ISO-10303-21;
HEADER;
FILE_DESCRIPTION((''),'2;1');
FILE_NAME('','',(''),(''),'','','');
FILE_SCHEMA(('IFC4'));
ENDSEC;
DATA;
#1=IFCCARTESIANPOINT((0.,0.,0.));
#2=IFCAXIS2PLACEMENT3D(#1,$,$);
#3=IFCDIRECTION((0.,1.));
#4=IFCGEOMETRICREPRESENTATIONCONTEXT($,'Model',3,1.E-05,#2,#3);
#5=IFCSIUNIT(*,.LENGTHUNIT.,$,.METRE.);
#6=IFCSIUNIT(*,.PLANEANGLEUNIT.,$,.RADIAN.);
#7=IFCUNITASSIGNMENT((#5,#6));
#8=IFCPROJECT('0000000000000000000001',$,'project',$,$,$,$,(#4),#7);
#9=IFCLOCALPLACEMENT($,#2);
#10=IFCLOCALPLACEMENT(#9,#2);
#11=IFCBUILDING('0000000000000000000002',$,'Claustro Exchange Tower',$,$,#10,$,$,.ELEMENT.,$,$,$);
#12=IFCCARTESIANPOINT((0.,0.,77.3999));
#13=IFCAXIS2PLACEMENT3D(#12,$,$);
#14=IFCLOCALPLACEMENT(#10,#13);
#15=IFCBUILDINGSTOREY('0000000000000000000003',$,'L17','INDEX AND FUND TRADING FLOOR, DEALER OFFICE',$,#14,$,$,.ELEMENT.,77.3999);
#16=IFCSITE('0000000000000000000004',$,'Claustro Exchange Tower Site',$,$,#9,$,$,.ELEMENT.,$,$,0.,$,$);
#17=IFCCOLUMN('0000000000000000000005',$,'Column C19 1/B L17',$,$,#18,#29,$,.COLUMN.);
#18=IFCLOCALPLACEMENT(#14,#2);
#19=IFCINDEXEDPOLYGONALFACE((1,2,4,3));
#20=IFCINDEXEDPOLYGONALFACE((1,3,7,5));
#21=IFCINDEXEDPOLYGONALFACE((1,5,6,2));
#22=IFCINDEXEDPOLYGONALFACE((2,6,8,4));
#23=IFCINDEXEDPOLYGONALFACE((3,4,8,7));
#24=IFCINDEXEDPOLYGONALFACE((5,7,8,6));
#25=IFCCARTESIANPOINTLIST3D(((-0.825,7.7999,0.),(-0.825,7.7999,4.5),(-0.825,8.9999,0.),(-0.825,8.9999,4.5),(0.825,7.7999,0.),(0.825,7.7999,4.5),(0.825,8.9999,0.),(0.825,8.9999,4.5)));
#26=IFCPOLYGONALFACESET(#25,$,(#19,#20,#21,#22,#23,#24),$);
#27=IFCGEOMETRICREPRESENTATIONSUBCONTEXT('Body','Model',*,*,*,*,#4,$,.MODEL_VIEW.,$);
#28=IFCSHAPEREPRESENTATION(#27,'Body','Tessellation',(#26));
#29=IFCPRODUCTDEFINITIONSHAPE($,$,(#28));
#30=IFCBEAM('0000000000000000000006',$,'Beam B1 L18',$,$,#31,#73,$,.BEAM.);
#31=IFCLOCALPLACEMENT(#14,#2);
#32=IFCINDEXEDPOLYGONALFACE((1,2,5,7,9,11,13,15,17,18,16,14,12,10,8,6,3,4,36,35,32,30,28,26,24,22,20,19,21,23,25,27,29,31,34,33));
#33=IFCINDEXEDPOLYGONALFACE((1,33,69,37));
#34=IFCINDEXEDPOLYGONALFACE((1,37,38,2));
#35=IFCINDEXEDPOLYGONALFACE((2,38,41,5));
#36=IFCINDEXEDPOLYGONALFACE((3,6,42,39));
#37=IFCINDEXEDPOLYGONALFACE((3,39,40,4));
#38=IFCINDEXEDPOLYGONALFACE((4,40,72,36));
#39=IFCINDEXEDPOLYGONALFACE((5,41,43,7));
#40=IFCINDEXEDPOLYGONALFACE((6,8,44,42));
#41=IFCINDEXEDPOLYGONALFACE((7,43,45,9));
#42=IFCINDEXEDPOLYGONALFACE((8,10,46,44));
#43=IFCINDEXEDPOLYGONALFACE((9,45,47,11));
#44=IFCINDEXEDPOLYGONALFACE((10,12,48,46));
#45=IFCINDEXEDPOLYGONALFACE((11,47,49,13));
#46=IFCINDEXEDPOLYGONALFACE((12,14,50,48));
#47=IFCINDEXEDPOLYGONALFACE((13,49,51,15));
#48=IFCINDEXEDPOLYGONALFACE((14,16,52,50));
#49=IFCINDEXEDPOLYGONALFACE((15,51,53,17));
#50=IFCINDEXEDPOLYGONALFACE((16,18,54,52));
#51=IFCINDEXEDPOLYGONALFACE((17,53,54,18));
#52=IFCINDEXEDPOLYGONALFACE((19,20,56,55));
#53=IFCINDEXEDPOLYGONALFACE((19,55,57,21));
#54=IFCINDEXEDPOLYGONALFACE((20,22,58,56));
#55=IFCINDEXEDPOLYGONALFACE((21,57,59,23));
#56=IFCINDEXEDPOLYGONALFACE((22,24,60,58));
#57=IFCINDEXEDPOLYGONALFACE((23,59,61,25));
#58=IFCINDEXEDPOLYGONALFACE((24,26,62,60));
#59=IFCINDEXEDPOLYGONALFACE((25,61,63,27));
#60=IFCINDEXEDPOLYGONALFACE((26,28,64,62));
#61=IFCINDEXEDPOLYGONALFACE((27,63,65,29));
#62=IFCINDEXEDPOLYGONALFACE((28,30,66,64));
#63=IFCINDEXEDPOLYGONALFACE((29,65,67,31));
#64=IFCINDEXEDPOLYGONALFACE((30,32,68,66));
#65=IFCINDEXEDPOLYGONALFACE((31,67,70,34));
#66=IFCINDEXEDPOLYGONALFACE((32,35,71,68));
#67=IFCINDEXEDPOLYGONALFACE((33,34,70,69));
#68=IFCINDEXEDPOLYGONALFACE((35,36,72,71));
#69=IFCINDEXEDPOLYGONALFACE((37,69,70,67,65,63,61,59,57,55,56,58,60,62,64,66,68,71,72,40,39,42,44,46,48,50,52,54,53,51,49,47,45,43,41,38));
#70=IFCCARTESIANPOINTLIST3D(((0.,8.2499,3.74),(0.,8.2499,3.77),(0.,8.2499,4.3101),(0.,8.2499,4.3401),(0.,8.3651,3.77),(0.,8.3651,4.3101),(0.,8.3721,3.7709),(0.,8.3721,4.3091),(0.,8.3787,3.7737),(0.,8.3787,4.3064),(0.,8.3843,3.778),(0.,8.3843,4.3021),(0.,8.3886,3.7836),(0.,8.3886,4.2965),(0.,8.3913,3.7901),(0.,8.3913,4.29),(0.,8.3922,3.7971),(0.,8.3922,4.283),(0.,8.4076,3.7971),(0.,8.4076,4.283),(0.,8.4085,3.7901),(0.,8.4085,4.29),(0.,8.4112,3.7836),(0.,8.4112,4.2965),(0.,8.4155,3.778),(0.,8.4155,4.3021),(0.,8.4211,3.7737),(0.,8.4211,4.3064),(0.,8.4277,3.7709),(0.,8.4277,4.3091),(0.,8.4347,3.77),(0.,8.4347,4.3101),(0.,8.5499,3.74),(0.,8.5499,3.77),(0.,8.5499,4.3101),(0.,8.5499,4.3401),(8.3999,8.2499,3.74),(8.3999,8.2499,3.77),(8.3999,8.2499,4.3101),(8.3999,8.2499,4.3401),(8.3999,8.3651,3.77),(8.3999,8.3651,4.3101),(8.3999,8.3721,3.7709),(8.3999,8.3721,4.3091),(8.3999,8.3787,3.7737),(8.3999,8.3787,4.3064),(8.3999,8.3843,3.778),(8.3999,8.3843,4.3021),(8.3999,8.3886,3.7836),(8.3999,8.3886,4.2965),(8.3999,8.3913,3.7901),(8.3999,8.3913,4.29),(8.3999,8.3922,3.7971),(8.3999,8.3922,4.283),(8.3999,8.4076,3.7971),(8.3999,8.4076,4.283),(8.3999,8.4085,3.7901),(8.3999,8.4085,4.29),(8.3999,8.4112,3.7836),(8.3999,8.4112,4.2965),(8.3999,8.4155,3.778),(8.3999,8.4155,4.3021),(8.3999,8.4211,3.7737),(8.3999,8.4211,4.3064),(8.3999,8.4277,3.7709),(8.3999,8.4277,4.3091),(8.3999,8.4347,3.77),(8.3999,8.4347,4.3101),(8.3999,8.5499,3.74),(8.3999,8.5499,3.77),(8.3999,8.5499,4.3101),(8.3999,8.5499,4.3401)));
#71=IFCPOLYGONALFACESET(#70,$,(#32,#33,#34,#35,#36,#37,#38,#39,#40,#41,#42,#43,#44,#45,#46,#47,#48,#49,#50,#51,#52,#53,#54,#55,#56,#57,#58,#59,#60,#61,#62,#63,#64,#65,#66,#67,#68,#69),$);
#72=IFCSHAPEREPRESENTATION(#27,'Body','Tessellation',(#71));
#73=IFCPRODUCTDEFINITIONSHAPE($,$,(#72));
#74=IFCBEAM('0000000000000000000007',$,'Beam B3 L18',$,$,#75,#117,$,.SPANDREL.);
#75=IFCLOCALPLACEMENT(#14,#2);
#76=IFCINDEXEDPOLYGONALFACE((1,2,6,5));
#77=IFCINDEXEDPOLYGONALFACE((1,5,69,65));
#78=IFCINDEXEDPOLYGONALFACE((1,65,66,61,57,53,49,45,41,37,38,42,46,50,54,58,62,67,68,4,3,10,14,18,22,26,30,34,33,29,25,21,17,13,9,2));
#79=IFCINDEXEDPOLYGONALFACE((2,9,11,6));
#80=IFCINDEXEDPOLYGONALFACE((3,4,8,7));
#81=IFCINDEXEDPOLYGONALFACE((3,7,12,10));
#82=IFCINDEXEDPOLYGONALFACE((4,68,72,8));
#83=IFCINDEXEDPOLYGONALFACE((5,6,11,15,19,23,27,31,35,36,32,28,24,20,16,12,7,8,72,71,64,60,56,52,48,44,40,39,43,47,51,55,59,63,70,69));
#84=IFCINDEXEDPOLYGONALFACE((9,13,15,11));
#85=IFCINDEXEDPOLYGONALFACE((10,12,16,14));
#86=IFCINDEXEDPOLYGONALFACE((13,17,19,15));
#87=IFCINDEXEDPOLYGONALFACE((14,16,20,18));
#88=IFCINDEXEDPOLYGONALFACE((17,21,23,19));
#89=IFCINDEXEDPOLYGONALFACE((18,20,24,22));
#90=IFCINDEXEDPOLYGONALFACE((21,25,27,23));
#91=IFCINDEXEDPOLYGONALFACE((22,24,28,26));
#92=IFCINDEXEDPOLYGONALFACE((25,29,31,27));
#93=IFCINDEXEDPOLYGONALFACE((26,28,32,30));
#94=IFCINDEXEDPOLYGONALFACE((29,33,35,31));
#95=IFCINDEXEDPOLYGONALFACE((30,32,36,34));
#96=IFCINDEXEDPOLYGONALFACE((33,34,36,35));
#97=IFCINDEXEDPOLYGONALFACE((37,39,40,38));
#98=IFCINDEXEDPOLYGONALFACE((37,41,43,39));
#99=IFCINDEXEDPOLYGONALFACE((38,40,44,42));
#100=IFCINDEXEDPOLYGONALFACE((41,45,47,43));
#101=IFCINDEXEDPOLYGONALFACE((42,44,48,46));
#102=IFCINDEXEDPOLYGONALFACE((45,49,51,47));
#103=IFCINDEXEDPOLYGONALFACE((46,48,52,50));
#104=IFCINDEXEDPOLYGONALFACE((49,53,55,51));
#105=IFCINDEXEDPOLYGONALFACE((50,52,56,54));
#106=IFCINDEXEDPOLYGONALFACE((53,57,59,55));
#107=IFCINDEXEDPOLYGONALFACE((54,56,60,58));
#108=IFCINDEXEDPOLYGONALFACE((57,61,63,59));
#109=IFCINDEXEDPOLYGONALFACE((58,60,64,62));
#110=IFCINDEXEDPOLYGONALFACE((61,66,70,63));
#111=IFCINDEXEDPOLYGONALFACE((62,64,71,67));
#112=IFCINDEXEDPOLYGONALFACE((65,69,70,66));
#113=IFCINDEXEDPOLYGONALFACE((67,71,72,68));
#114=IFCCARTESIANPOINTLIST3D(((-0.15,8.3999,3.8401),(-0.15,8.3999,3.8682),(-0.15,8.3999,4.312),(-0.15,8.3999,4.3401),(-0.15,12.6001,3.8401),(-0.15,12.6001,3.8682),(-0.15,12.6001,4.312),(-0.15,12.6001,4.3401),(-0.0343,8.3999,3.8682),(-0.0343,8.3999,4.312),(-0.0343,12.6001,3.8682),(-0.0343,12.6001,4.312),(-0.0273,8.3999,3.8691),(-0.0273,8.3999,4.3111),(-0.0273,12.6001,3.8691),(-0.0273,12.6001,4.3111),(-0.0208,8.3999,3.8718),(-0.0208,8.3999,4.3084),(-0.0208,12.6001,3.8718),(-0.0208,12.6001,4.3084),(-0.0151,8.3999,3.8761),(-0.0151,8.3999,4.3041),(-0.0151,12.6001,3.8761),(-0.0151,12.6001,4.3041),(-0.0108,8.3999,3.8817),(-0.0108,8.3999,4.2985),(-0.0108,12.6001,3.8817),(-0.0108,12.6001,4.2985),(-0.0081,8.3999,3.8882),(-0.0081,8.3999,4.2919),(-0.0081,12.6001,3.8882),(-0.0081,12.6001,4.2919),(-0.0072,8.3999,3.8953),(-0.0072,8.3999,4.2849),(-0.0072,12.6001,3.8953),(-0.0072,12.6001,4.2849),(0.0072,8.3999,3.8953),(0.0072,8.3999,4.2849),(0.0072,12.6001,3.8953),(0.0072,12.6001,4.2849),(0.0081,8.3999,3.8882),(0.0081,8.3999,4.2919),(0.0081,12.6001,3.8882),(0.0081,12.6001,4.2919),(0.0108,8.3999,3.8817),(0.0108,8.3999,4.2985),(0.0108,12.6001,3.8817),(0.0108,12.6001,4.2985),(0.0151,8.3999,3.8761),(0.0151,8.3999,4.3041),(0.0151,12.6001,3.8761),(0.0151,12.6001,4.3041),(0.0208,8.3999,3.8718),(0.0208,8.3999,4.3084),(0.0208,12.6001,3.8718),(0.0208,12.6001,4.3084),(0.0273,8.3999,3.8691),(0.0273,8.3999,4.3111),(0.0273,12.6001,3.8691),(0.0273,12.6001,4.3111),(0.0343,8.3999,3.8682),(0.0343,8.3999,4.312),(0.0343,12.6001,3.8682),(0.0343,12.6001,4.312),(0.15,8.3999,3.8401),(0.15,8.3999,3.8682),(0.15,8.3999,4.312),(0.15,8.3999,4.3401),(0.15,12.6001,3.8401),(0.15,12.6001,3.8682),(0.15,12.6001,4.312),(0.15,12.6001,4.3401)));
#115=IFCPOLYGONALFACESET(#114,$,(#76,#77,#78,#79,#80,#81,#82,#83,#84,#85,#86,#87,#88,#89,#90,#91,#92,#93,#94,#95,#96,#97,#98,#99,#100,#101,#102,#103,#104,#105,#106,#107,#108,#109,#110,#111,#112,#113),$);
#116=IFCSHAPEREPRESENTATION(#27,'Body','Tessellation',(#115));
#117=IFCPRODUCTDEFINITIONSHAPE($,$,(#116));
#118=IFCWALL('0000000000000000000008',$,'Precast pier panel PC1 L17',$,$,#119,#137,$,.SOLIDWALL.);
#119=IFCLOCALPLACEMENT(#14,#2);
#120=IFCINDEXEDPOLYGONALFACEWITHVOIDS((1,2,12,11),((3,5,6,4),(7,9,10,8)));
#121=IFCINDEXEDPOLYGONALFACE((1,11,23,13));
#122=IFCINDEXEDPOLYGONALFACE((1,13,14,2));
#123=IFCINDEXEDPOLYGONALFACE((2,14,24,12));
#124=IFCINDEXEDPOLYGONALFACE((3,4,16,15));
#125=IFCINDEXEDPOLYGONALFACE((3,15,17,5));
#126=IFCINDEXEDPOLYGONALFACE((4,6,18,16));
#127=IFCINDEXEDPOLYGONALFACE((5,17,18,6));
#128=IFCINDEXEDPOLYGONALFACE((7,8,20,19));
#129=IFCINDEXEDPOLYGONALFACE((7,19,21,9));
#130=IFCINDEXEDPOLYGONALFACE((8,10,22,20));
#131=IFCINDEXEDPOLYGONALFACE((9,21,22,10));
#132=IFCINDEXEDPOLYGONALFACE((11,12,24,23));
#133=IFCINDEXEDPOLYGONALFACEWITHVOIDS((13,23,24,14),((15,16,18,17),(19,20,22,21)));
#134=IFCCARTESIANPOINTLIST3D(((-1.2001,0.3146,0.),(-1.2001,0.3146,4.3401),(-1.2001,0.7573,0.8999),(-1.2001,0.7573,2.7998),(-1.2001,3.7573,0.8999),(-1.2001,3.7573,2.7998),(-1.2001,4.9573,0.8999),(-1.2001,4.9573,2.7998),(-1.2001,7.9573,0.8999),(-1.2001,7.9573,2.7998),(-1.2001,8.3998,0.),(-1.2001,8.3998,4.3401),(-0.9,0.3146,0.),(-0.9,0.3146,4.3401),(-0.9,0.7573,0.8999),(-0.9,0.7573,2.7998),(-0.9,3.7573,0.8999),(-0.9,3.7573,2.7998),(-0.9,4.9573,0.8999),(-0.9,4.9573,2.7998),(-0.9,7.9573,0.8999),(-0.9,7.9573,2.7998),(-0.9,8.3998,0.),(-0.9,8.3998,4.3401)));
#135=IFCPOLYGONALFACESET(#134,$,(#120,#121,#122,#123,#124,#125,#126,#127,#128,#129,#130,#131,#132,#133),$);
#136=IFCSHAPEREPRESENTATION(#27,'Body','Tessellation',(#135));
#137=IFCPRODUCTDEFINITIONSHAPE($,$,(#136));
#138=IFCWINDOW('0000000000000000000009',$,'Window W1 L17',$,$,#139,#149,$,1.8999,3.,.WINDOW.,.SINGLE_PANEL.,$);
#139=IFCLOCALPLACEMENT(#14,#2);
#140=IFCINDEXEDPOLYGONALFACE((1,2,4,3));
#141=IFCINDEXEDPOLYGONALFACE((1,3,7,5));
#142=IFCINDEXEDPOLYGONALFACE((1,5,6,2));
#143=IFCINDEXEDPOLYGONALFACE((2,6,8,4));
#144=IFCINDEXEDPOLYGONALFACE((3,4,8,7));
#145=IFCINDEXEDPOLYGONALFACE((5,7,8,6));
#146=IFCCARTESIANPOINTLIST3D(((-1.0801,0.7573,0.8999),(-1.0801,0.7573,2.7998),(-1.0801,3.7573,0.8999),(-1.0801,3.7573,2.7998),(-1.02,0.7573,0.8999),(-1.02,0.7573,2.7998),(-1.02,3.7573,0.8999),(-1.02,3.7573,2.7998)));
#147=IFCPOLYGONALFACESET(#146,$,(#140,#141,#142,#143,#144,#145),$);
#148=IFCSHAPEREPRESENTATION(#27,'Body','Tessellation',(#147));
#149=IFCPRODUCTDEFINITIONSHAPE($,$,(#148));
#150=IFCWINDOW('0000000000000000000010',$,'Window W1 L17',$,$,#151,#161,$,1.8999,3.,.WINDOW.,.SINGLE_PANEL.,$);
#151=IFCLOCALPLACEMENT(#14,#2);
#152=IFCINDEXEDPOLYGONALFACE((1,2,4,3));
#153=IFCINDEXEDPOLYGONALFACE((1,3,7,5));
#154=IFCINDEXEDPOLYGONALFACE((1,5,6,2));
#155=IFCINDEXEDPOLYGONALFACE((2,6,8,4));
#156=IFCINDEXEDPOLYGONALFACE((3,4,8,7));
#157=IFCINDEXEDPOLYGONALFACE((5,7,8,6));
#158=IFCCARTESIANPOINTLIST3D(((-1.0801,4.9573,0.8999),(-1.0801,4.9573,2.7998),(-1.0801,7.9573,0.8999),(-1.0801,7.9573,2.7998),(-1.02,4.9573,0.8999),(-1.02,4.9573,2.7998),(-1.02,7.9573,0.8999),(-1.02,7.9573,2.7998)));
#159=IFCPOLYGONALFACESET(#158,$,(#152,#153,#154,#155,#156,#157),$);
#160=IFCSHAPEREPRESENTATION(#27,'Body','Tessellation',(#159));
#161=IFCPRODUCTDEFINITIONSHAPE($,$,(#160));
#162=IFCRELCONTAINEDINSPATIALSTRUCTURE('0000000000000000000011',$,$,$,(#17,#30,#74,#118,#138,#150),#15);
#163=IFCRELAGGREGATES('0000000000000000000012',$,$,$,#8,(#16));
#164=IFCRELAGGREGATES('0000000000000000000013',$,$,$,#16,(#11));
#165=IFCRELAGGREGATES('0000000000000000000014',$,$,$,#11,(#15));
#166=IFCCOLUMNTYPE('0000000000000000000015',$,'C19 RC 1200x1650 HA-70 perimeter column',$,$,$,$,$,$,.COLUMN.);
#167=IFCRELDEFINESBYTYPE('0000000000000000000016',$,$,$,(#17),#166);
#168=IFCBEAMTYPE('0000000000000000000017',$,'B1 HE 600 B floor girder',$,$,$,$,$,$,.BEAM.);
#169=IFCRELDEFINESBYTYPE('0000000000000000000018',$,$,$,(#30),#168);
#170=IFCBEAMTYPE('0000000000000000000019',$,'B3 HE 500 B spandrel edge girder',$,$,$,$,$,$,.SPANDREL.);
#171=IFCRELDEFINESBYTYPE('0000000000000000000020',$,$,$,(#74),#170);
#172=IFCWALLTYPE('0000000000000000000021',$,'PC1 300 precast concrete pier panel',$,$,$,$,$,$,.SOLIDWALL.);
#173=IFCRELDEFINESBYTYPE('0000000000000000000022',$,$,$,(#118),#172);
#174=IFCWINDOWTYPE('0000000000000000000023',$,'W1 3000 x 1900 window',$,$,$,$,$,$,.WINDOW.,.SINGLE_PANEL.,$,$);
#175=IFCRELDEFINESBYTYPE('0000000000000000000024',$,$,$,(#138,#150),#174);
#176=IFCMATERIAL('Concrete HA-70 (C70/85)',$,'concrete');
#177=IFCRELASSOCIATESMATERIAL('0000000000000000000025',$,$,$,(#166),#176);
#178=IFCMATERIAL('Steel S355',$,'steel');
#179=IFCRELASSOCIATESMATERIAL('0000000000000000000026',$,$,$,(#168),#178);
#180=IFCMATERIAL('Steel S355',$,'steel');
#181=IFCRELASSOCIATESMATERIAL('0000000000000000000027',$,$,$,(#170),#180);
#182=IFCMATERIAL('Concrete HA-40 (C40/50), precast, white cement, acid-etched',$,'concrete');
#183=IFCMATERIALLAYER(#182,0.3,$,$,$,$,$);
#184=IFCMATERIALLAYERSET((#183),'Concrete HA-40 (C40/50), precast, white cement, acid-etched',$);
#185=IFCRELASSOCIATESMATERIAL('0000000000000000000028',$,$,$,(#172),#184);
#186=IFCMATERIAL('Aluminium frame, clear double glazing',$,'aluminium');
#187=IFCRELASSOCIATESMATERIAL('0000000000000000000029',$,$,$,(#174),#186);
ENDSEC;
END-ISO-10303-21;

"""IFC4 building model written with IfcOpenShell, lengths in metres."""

from ifc_helpers import new_model, si_unit, direction, frame, frame_2d, origin, origin_2d, place, context, subcontext, project, spatial, rectangle, i_section, extrude, material, layer, layer_set, material_profile, profile_set, type_object, element, fill, save


model = new_model("IFC4")

# Units and contexts
model_context = context("Model", 3, precision=1e-05, world=origin(), true_north=direction((0.0, 1.0)))
body_context = subcontext(model_context, "Body", "Model", "MODEL_VIEW")
ifc_project = project(units=[si_unit("LENGTHUNIT", "METRE"), si_unit("PLANEANGLEUNIT", "RADIAN")], contexts=[model_context])

# Site, building, storey
site_placement = place(None, origin())
site = spatial("IfcSite", under=ifc_project, at=site_placement, Name="Claustro Exchange Tower Site", CompositionType="ELEMENT", RefElevation=0.0)
building_placement = place(site_placement, origin())
building = spatial("IfcBuilding", under=site, at=building_placement, Name="Claustro Exchange Tower", CompositionType="ELEMENT")
storey_placement = place(building_placement, frame((0.0, 0.0, 77.3999)))
storey = spatial("IfcBuildingStorey", under=building, at=storey_placement, Name="L17", Description="INDEX AND FUND TRADING FLOOR, DEALER OFFICE", CompositionType="ELEMENT", Elevation=77.3999)

# Column
ifc_material_1 = material(Name="Concrete HA-70 (C70/85)", Category="concrete")
ifc_material_profile_1 = material_profile(ifc_material_1, rectangle(XDim=1.2, YDim=1.6499, at=origin_2d()), Name="RC 1200x1650")
ifc_profile_set_1 = profile_set([ifc_material_profile_1], Name="Concrete HA-70 (C70/85)")
column_type = type_object("IfcColumnType", Name="C19 RC 1200x1650 HA-70 perimeter column", PredefinedType="COLUMN", material=ifc_profile_set_1)
column_placement = place(storey_placement, frame((0.0, 8.3999, 0.0), z_axis=(0.0, 0.0, 1.0), x_axis=(0.0, 1.0, 0.0)))
element("IfcColumn", 1, at=column_placement, inside=storey, type_object=column_type, Name="Column C19 1/B L17", PredefinedType="COLUMN", context=body_context, shape_type="SweptSolid", body=[
    extrude(rectangle(XDim=1.2, YDim=1.6499, at=origin_2d()), origin(), (0.0, 0.0, 1.0), 4.5),
])

# Beams
ifc_material_2 = material(Name="Steel S355", Category="steel")
ifc_material_profile_2 = material_profile(ifc_material_2, i_section(OverallWidth=0.3, OverallDepth=0.6001, WebThickness=0.0154, FlangeThickness=0.03, FilletRadius=0.0271, at=origin_2d()), Name="HE 600 B")
ifc_profile_set_2 = profile_set([ifc_material_profile_2], Name="Steel S355")
beam_type_1 = type_object("IfcBeamType", Name="B1 HE 600 B floor girder", PredefinedType="BEAM", material=ifc_profile_set_2)
beam_1_placement = place(storey_placement, frame((0.0, 8.3999, 4.04), z_axis=(1.0, 0.0, 0.0), x_axis=(0.0, 1.0, 0.0)))
element("IfcBeam", 2, at=beam_1_placement, inside=storey, type_object=beam_type_1, Name="Beam B1 L18", PredefinedType="BEAM", context=body_context, shape_type="SweptSolid", body=[
    extrude(i_section(OverallWidth=0.3, OverallDepth=0.6001, WebThickness=0.0154, FlangeThickness=0.03, FilletRadius=0.0271, at=origin_2d()), origin(), (0.0, 0.0, 1.0), 8.3999),
])
ifc_material_3 = material(Name="Steel S355", Category="steel")
ifc_material_profile_3 = material_profile(ifc_material_3, i_section(OverallWidth=0.3, OverallDepth=0.5, WebThickness=0.0144, FlangeThickness=0.0281, FilletRadius=0.0271, at=origin_2d()), Name="HE 500 B")
ifc_profile_set_3 = profile_set([ifc_material_profile_3], Name="Steel S355")
beam_type_2 = type_object("IfcBeamType", Name="B3 HE 500 B spandrel edge girder", PredefinedType="SPANDREL", material=ifc_profile_set_3)
beam_2_placement = place(storey_placement, frame((0.0, 8.3999, 4.0901), z_axis=(0.0, 1.0, 0.0), x_axis=(-1.0, 0.0, 0.0)))
element("IfcBeam", 3, at=beam_2_placement, inside=storey, type_object=beam_type_2, Name="Beam B3 L18", PredefinedType="SPANDREL", context=body_context, shape_type="SweptSolid", body=[
    extrude(i_section(OverallWidth=0.3, OverallDepth=0.5, WebThickness=0.0144, FlangeThickness=0.0281, FilletRadius=0.0271, at=origin_2d()), origin(), (0.0, 0.0, 1.0), 4.2002),
])

# Wall, openings, windows
ifc_material_4 = material(Name="Concrete HA-40 (C40/50), precast, white cement, acid-etched", Category="concrete")
ifc_layer_1 = layer(ifc_material_4, 0.3)
ifc_layer_set_1 = layer_set([ifc_layer_1], Name="Concrete HA-40 (C40/50), precast, white cement, acid-etched")
wall_type_1 = type_object("IfcWallType", Name="PC1 300 precast concrete pier panel", PredefinedType="SOLIDWALL", material=ifc_layer_set_1)
wall_1_placement = place(storey_placement, frame((-1.05, 0.3147, 0.0), z_axis=(0.0, 0.0, 1.0), x_axis=(0.0, 1.0, 0.0)))
wall_1 = element("IfcWall", 4, at=wall_1_placement, inside=storey, type_object=wall_type_1, Name="Precast pier panel PC1 L17", PredefinedType="SOLIDWALL", context=body_context, shape_type="SweptSolid", body=[
    extrude(rectangle(XDim=8.0852, YDim=0.3, at=frame_2d((4.0425, 0.0))), origin(), (0.0, 0.0, 1.0), 4.3401),
])
opening_1_placement = place(wall_1_placement, frame((0.4426, 0.0, 0.8999)))
opening_1 = element("IfcOpeningElement", 5, at=opening_1_placement, cuts=wall_1, PredefinedType="OPENING", context=body_context, shape_type="SweptSolid", body=[
    extrude(rectangle(XDim=3.0, YDim=1.8999, at=frame_2d((1.5, 0.95))), frame((0.0, 0.1599, 0.0), z_axis=(0.0, -1.0, 0.0), x_axis=(1.0, 0.0, 0.0)), (0.0, 0.0, 1.0), 0.3201),
])
opening_2_placement = place(wall_1_placement, frame((4.6426, 0.0, 0.8999)))
opening_2 = element("IfcOpeningElement", 6, at=opening_2_placement, cuts=wall_1, PredefinedType="OPENING", context=body_context, shape_type="SweptSolid", body=[
    extrude(rectangle(XDim=3.0, YDim=1.8999, at=frame_2d((1.5, 0.95))), frame((0.0, 0.1599, 0.0), z_axis=(0.0, -1.0, 0.0), x_axis=(1.0, 0.0, 0.0)), (0.0, 0.0, 1.0), 0.3201),
])
ifc_material_5 = material(Name="Aluminium frame, clear double glazing", Category="aluminium")
window_type_1 = type_object("IfcWindowType", Name="W1 3000 x 1900 window", PartitioningType="SINGLE_PANEL", PredefinedType="WINDOW", material=ifc_material_5)
window_1_placement = place(opening_1_placement, origin())
window_1 = element("IfcWindow", 7, at=window_1_placement, inside=storey, type_object=window_type_1, Name="Window W1 L17", OverallHeight=1.8999, OverallWidth=3.0, PartitioningType="SINGLE_PANEL", PredefinedType="WINDOW", context=body_context, shape_type="SweptSolid", body=[
    extrude(rectangle(XDim=3.0, YDim=1.8999, at=frame_2d((1.5, 0.95))), frame((0.0, 0.03, 0.0), z_axis=(0.0, -1.0, 0.0), x_axis=(1.0, 0.0, 0.0)), (0.0, 0.0, 1.0), 0.0601),
])
fill(opening_1, window_1)
window_2_placement = place(opening_2_placement, origin())
window_2 = element("IfcWindow", 8, at=window_2_placement, inside=storey, type_object=window_type_1, Name="Window W1 L17", OverallHeight=1.8999, OverallWidth=3.0, PartitioningType="SINGLE_PANEL", PredefinedType="WINDOW", context=body_context, shape_type="SweptSolid", body=[
    extrude(rectangle(XDim=3.0, YDim=1.8999, at=frame_2d((1.5, 0.95))), frame((0.0, 0.03, 0.0), z_axis=(0.0, -1.0, 0.0), x_axis=(1.0, 0.0, 0.0)), (0.0, 0.0, 1.0), 0.0601),
])
fill(opening_2, window_2)

save(model, "model.ifc")
